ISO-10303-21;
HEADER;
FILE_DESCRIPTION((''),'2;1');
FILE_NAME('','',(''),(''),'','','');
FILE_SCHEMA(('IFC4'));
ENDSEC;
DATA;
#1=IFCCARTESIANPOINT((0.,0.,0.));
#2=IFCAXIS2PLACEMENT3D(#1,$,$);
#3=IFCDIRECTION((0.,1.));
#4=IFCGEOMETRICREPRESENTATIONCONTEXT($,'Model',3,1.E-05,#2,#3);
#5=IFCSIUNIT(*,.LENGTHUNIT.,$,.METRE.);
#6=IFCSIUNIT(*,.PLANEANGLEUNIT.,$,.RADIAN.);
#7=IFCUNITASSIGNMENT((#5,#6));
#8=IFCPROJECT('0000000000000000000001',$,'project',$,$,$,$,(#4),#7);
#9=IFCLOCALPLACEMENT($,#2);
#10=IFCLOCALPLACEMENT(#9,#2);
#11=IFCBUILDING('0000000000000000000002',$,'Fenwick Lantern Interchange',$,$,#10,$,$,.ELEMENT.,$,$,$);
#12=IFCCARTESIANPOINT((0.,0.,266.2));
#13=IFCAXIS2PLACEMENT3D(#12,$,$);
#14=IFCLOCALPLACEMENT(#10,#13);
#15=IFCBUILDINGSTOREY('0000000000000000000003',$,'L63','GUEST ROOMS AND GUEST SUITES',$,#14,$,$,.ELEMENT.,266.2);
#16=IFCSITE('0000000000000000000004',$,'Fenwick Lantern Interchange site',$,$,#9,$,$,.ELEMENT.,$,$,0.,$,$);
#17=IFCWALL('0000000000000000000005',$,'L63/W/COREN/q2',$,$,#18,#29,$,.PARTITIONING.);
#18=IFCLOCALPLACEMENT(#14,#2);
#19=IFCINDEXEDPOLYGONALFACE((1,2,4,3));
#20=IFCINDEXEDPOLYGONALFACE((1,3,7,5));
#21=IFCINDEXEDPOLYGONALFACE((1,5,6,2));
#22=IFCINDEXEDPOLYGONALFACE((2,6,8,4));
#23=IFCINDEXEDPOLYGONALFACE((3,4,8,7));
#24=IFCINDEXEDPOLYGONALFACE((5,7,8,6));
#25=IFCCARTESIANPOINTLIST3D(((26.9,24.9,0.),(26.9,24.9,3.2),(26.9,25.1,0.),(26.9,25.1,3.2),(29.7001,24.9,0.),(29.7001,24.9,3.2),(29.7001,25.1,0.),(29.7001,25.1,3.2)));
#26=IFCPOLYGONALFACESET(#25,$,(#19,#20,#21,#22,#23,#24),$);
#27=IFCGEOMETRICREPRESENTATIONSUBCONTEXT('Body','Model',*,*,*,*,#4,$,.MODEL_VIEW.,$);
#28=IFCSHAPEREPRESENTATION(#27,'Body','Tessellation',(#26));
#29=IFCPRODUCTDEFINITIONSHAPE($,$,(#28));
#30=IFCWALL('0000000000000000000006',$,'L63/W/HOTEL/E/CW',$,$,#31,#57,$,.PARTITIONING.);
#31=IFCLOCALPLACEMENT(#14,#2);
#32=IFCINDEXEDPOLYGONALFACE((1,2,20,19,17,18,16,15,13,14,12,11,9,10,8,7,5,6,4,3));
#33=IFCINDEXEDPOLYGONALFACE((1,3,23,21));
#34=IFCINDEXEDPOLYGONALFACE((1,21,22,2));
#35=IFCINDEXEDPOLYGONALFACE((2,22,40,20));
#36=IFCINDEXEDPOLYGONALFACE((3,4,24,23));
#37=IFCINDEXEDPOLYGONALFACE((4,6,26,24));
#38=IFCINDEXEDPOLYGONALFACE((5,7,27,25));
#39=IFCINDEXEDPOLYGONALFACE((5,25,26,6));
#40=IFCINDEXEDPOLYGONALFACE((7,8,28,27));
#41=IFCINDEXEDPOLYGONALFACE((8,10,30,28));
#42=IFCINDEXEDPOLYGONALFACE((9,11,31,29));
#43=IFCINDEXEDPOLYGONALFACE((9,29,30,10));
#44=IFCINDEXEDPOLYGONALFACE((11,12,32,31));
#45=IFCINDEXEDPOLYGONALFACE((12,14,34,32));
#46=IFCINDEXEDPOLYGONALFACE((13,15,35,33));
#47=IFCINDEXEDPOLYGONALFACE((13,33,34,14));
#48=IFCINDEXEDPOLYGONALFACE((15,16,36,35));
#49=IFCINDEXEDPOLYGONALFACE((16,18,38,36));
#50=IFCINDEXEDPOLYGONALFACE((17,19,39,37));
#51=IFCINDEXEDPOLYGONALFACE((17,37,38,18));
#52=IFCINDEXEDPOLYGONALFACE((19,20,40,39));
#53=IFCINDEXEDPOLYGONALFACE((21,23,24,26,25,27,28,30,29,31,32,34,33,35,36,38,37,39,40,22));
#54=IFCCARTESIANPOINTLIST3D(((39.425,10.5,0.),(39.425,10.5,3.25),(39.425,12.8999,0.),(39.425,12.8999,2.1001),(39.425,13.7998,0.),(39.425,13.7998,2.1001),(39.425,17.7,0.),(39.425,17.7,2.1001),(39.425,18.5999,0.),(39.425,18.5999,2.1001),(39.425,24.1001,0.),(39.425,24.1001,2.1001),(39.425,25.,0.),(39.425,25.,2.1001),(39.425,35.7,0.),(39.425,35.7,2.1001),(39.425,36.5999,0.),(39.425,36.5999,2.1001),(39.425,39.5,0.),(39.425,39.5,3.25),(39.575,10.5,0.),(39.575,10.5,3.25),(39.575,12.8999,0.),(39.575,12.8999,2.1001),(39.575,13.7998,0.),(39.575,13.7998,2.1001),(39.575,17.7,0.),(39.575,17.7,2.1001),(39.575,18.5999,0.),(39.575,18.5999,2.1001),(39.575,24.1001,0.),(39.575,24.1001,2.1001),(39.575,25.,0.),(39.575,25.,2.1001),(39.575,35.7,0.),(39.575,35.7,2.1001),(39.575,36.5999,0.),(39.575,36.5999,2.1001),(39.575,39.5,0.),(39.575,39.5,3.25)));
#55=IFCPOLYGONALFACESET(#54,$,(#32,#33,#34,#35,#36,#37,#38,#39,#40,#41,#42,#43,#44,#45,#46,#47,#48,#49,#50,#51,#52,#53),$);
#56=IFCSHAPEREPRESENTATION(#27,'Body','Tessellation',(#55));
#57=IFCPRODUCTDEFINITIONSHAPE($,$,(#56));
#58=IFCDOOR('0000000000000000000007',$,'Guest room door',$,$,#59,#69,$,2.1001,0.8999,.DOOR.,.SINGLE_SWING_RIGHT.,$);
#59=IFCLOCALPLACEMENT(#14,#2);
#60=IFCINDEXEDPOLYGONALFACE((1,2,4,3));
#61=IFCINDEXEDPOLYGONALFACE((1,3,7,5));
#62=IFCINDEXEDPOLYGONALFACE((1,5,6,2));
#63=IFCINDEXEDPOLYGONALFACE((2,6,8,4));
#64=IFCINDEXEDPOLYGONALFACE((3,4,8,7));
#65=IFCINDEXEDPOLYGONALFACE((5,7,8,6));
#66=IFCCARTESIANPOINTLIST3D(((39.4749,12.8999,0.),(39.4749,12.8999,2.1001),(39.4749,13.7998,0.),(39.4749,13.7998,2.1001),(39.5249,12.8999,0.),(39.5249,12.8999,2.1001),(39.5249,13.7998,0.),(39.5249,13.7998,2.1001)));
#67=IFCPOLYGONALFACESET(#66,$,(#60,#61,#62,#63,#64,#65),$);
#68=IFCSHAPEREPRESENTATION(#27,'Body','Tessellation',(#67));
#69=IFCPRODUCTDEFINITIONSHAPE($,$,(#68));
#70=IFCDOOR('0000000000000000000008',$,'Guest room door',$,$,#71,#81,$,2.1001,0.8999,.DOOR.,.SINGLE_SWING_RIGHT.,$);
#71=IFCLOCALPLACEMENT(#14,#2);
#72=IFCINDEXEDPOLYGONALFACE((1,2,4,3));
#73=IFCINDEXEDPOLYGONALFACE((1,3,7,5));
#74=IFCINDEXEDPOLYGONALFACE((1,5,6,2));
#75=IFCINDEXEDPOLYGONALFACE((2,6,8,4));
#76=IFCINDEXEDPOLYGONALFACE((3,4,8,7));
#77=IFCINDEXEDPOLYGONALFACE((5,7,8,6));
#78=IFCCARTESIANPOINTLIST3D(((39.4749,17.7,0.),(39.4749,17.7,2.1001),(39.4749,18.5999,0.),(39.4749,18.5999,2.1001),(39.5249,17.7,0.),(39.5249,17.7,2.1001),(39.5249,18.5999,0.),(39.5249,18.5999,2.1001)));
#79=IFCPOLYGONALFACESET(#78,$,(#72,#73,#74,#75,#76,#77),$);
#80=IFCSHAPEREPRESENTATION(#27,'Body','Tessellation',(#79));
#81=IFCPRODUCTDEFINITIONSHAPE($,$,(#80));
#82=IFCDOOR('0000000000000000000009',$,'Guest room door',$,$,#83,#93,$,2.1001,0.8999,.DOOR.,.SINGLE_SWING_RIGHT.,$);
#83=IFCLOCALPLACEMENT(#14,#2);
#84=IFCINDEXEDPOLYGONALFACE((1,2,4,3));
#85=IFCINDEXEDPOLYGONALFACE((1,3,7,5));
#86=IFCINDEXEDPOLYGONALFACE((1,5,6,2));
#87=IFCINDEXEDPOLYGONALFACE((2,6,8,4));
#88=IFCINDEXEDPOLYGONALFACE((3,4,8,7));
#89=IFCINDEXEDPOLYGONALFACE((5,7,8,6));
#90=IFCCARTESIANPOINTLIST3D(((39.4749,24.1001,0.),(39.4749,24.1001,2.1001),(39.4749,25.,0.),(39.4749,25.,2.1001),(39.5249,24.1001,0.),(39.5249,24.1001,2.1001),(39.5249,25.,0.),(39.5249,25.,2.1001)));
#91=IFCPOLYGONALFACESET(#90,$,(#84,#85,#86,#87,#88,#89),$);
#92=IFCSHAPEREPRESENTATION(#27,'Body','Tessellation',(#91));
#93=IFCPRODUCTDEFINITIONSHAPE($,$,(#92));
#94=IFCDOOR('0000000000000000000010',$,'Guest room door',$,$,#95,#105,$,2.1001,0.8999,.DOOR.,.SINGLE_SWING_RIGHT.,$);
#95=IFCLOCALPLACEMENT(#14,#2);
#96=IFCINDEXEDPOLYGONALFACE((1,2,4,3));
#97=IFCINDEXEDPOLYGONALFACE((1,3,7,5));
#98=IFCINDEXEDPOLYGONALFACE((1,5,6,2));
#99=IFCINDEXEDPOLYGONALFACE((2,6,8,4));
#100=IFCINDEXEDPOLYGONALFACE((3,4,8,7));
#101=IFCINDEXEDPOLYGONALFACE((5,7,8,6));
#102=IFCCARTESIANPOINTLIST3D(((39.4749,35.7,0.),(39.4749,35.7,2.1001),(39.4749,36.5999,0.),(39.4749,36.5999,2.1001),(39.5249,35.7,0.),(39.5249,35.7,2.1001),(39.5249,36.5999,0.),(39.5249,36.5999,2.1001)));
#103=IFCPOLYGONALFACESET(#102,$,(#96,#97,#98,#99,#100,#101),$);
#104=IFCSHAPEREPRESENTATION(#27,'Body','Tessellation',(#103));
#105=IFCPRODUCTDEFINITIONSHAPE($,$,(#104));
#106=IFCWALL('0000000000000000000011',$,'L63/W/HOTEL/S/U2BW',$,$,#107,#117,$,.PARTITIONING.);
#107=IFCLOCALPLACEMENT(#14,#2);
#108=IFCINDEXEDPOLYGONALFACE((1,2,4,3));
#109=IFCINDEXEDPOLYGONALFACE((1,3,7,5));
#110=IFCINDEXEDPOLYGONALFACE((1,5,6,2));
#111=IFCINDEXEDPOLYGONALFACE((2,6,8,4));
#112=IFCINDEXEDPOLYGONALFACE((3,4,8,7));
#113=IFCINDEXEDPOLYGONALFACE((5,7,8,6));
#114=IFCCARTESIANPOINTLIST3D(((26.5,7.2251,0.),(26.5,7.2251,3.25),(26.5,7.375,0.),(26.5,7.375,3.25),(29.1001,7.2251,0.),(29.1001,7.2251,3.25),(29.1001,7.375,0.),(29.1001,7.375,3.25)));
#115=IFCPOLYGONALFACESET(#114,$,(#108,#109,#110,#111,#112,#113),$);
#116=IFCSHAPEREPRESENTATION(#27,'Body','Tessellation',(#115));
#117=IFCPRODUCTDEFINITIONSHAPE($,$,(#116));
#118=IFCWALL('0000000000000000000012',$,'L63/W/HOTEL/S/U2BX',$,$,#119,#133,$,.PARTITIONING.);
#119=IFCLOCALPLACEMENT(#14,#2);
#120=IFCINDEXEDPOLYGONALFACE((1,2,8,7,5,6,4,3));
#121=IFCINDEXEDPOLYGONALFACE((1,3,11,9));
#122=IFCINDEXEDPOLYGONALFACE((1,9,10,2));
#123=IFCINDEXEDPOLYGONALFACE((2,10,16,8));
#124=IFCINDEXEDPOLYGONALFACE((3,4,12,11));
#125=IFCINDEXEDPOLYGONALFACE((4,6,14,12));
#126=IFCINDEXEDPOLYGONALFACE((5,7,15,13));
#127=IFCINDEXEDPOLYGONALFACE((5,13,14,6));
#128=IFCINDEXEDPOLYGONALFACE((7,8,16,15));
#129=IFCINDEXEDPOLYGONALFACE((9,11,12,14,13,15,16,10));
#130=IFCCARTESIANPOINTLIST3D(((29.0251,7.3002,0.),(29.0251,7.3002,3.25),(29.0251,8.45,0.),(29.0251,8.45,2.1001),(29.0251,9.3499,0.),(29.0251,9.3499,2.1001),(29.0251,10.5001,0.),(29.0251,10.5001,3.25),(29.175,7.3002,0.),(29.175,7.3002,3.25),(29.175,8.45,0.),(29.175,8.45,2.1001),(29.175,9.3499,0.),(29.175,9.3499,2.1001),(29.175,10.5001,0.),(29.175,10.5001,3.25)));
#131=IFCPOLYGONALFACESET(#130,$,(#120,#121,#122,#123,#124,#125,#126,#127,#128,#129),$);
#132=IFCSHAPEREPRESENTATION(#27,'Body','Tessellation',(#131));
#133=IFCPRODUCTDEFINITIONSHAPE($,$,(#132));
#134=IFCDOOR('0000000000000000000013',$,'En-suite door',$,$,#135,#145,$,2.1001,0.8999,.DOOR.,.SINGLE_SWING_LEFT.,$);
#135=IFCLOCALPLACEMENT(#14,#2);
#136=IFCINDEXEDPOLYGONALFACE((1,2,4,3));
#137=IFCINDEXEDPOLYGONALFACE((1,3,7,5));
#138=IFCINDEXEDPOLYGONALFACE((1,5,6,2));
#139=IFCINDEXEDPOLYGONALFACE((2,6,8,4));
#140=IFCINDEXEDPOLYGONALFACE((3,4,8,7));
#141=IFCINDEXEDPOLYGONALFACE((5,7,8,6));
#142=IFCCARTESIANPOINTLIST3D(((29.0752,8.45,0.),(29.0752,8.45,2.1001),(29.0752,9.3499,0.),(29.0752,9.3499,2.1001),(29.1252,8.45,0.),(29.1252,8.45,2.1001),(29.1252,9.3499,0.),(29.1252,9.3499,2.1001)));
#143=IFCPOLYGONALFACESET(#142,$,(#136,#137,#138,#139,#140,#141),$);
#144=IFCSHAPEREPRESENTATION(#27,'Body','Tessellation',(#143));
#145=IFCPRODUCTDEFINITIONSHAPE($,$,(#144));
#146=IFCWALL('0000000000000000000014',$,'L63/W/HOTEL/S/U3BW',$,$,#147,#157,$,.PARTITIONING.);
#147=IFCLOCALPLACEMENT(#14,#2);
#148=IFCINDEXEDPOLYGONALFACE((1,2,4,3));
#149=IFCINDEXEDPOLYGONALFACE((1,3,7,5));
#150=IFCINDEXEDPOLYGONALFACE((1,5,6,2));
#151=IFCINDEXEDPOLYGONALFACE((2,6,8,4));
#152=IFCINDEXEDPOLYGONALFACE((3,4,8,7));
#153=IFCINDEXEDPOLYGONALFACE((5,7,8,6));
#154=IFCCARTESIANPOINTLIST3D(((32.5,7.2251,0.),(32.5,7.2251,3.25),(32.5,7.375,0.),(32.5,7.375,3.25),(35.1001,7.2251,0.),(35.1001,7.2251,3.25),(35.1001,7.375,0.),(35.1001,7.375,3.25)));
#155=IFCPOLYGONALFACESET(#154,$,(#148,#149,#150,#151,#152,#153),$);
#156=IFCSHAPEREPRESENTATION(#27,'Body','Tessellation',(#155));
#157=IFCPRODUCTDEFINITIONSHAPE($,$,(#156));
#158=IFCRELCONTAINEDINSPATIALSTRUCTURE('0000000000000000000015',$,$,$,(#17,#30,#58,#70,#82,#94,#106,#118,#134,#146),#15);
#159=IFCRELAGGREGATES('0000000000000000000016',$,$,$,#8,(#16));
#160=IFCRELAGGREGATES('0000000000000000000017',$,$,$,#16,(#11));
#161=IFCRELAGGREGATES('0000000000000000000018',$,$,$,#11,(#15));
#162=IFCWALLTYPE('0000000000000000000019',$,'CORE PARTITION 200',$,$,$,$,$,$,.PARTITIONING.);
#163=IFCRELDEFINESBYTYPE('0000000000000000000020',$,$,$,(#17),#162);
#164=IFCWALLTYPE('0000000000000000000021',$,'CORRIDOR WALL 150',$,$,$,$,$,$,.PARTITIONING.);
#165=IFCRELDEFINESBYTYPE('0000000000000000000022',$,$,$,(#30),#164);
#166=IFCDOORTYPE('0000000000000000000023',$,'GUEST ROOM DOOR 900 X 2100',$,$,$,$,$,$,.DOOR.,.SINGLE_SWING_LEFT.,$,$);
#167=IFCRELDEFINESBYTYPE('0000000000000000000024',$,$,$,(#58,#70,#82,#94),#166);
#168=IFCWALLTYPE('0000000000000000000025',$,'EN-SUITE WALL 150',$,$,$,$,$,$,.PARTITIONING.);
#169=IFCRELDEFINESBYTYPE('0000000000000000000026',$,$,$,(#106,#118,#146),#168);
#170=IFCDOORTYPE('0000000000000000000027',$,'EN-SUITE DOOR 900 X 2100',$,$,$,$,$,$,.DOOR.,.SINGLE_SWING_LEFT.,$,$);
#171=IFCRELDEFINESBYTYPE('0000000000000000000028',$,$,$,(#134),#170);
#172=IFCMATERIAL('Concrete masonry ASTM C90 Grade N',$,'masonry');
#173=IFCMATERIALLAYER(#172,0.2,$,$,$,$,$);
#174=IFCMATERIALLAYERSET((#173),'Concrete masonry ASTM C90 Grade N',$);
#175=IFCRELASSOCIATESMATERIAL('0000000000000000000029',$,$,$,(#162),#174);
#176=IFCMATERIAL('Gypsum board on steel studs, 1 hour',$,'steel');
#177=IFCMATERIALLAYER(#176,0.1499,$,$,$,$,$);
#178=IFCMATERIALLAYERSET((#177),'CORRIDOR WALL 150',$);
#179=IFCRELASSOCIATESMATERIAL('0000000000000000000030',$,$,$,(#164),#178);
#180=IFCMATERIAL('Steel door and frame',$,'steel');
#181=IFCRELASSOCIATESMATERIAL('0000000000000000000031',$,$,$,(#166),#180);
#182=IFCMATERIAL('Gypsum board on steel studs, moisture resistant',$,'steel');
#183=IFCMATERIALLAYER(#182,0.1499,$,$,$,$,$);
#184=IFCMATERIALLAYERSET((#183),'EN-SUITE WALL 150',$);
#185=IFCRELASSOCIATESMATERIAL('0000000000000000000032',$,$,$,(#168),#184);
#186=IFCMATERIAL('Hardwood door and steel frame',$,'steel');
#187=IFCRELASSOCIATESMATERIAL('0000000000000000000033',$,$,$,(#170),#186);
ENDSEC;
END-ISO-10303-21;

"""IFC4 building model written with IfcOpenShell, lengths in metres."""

from ifc_helpers import new_model, si_unit, direction, frame, frame_2d, origin, place, context, subcontext, project, spatial, rectangle, extrude, material, layer, layer_set, type_object, element, fill, save


model = new_model("IFC4")

# Units and contexts
model_context = context("Model", 3, precision=1e-05, world=origin(), true_north=direction((0.0, 1.0)))
body_context = subcontext(model_context, "Body", "Model", "MODEL_VIEW")
ifc_project = project(units=[si_unit("LENGTHUNIT", "METRE"), si_unit("PLANEANGLEUNIT", "RADIAN")], contexts=[model_context])

# Site, building, storey
site_placement = place(None, origin())
site = spatial("IfcSite", under=ifc_project, at=site_placement, Name="Fenwick Lantern Interchange site", CompositionType="ELEMENT", RefElevation=0.0)
building_placement = place(site_placement, origin())
building = spatial("IfcBuilding", under=site, at=building_placement, Name="Fenwick Lantern Interchange", CompositionType="ELEMENT")
storey_placement = place(building_placement, frame((0.0, 0.0, 266.2)))
storey = spatial("IfcBuildingStorey", under=building, at=storey_placement, Name="L63", Description="GUEST ROOMS AND GUEST SUITES", CompositionType="ELEMENT", Elevation=266.2)

# Wall
ifc_material_1 = material(Name="Concrete masonry ASTM C90 Grade N", Category="masonry")
ifc_layer_1 = layer(ifc_material_1, 0.2)
ifc_layer_set_1 = layer_set([ifc_layer_1], Name="Concrete masonry ASTM C90 Grade N")
wall_type_1 = type_object("IfcWallType", Name="CORE PARTITION 200", PredefinedType="PARTITIONING", material=ifc_layer_set_1)
for number, where, z_axis, x_axis, name in (
    (1, (29.7, 25.0, 0.0), (0.0, 0.0, 1.0), (-1.0, 0.0, 0.0), "L63/W/COREN/q2"),
):
    element("IfcWall", number, at=place(storey_placement, frame(where, z_axis=z_axis, x_axis=x_axis)), inside=storey, type_object=wall_type_1, Name=name, PredefinedType="PARTITIONING", context=body_context, shape_type="SweptSolid", body=[
        extrude(rectangle(XDim=2.8, YDim=0.2, at=frame_2d((1.3999, 0.0))), origin(), (0.0, 0.0, 1.0), 3.2),
    ])

# Wall, openings, doors
ifc_material_2 = material(Name="Steel door and frame", Category="steel")
ifc_material_3 = material(Name="Hardwood door and steel frame", Category="steel")
ifc_material_4 = material(Name="Gypsum board on steel studs, 1 hour", Category="steel")
ifc_layer_2 = layer(ifc_material_4, 0.1499)
ifc_layer_set_2 = layer_set([ifc_layer_2], Name="CORRIDOR WALL 150")
wall_type_2 = type_object("IfcWallType", Name="CORRIDOR WALL 150", PredefinedType="PARTITIONING", material=ifc_layer_set_2)
wall_1_placement = place(storey_placement, frame((39.5, 10.5, 0.0), z_axis=(0.0, 0.0, 1.0), x_axis=(0.0, 1.0, 0.0)))
wall_1 = element("IfcWall", 2, at=wall_1_placement, inside=storey, type_object=wall_type_2, Name="L63/W/HOTEL/E/CW", PredefinedType="PARTITIONING", context=body_context, shape_type="SweptSolid", body=[
    extrude(rectangle(XDim=29.0, YDim=0.1499, at=frame_2d((14.5, 0.0))), origin(), (0.0, 0.0, 1.0), 3.25),
])
opening_1_placement = place(wall_1_placement, frame((2.3999, 0.0, 0.0)))
opening_1 = element("IfcOpeningElement", 3, at=opening_1_placement, cuts=wall_1, PredefinedType="OPENING", context=body_context, shape_type="SweptSolid", body=[
    extrude(rectangle(XDim=0.8999, YDim=2.1001, at=frame_2d((0.45, 1.05))), frame((0.0, 0.085, 0.0), z_axis=(0.0, -1.0, 0.0), x_axis=(1.0, 0.0, 0.0)), (0.0, 0.0, 1.0), 0.1699),
])
opening_2_placement = place(wall_1_placement, frame((7.2, 0.0, 0.0)))
opening_2 = element("IfcOpeningElement", 4, at=opening_2_placement, cuts=wall_1, PredefinedType="OPENING", context=body_context, shape_type="SweptSolid", body=[
    extrude(rectangle(XDim=0.8999, YDim=2.1001, at=frame_2d((0.45, 1.05))), frame((0.0, 0.085, 0.0), z_axis=(0.0, -1.0, 0.0), x_axis=(1.0, 0.0, 0.0)), (0.0, 0.0, 1.0), 0.1699),
])
opening_3_placement = place(wall_1_placement, frame((13.6001, 0.0, 0.0)))
opening_3 = element("IfcOpeningElement", 5, at=opening_3_placement, cuts=wall_1, PredefinedType="OPENING", context=body_context, shape_type="SweptSolid", body=[
    extrude(rectangle(XDim=0.8999, YDim=2.1001, at=frame_2d((0.45, 1.05))), frame((0.0, 0.085, 0.0), z_axis=(0.0, -1.0, 0.0), x_axis=(1.0, 0.0, 0.0)), (0.0, 0.0, 1.0), 0.1699),
])
opening_4_placement = place(wall_1_placement, frame((25.2, 0.0, 0.0)))
opening_4 = element("IfcOpeningElement", 6, at=opening_4_placement, cuts=wall_1, PredefinedType="OPENING", context=body_context, shape_type="SweptSolid", body=[
    extrude(rectangle(XDim=0.8999, YDim=2.1001, at=frame_2d((0.45, 1.05))), frame((0.0, 0.085, 0.0), z_axis=(0.0, -1.0, 0.0), x_axis=(1.0, 0.0, 0.0)), (0.0, 0.0, 1.0), 0.1699),
])
door_type_1 = type_object("IfcDoorType", Name="GUEST ROOM DOOR 900 X 2100", OperationType="SINGLE_SWING_LEFT", PredefinedType="DOOR", material=ifc_material_2)
door_1_placement = place(opening_1_placement, frame((0.8999, 0.0, 0.0), z_axis=(0.0, 0.0, 1.0), x_axis=(-1.0, 0.0, 0.0)))
door_1 = element("IfcDoor", 7, at=door_1_placement, inside=storey, type_object=door_type_1, Name="Guest room door", OperationType="SINGLE_SWING_RIGHT", OverallHeight=2.1001, OverallWidth=0.8999, PredefinedType="DOOR", context=body_context, shape_type="SweptSolid", body=[
    extrude(rectangle(XDim=0.8999, YDim=2.1001, at=frame_2d((0.45, 1.05))), frame((0.0, 0.0249, 0.0), z_axis=(0.0, -1.0, 0.0), x_axis=(1.0, 0.0, 0.0)), (0.0, 0.0, 1.0), 0.05),
])
fill(opening_1, door_1)
door_2_placement = place(opening_2_placement, frame((0.8999, 0.0, 0.0), z_axis=(0.0, 0.0, 1.0), x_axis=(-1.0, 0.0, 0.0)))
door_2 = element("IfcDoor", 8, at=door_2_placement, inside=storey, type_object=door_type_1, Name="Guest room door", OperationType="SINGLE_SWING_RIGHT", OverallHeight=2.1001, OverallWidth=0.8999, PredefinedType="DOOR", context=body_context, shape_type="SweptSolid", body=[
    extrude(rectangle(XDim=0.8999, YDim=2.1001, at=frame_2d((0.45, 1.05))), frame((0.0, 0.0249, 0.0), z_axis=(0.0, -1.0, 0.0), x_axis=(1.0, 0.0, 0.0)), (0.0, 0.0, 1.0), 0.05),
])
fill(opening_2, door_2)
door_3_placement = place(opening_3_placement, frame((0.8999, 0.0, 0.0), z_axis=(0.0, 0.0, 1.0), x_axis=(-1.0, 0.0, 0.0)))
door_3 = element("IfcDoor", 9, at=door_3_placement, inside=storey, type_object=door_type_1, Name="Guest room door", OperationType="SINGLE_SWING_RIGHT", OverallHeight=2.1001, OverallWidth=0.8999, PredefinedType="DOOR", context=body_context, shape_type="SweptSolid", body=[
    extrude(rectangle(XDim=0.8999, YDim=2.1001, at=frame_2d((0.45, 1.05))), frame((0.0, 0.0249, 0.0), z_axis=(0.0, -1.0, 0.0), x_axis=(1.0, 0.0, 0.0)), (0.0, 0.0, 1.0), 0.05),
])
fill(opening_3, door_3)
door_4_placement = place(opening_4_placement, frame((0.8999, 0.0, 0.0), z_axis=(0.0, 0.0, 1.0), x_axis=(-1.0, 0.0, 0.0)))
door_4 = element("IfcDoor", 10, at=door_4_placement, inside=storey, type_object=door_type_1, Name="Guest room door", OperationType="SINGLE_SWING_RIGHT", OverallHeight=2.1001, OverallWidth=0.8999, PredefinedType="DOOR", context=body_context, shape_type="SweptSolid", body=[
    extrude(rectangle(XDim=0.8999, YDim=2.1001, at=frame_2d((0.45, 1.05))), frame((0.0, 0.0249, 0.0), z_axis=(0.0, -1.0, 0.0), x_axis=(1.0, 0.0, 0.0)), (0.0, 0.0, 1.0), 0.05),
])
fill(opening_4, door_4)

# Wall
ifc_material_5 = material(Name="Gypsum board on steel studs, moisture resistant", Category="steel")
ifc_layer_3 = layer(ifc_material_5, 0.1499)
ifc_layer_set_3 = layer_set([ifc_layer_3], Name="EN-SUITE WALL 150")
wall_type_3 = type_object("IfcWallType", Name="EN-SUITE WALL 150", PredefinedType="PARTITIONING", material=ifc_layer_set_3)
wall_2_placement = place(storey_placement, frame((26.5, 7.3, 0.0), z_axis=(0.0, 0.0, 1.0), x_axis=(1.0, 0.0, 0.0)))
element("IfcWall", 11, at=wall_2_placement, inside=storey, type_object=wall_type_3, Name="L63/W/HOTEL/S/U2BW", PredefinedType="PARTITIONING", context=body_context, shape_type="SweptSolid", body=[
    extrude(rectangle(XDim=2.6001, YDim=0.1499, at=frame_2d((1.3, 0.0))), origin(), (0.0, 0.0, 1.0), 3.25),
])

# Wall, opening, door
wall_3_placement = place(storey_placement, frame((29.1001, 7.3, 0.0), z_axis=(0.0, 0.0, 1.0), x_axis=(0.0, 1.0, 0.0)))
wall_3 = element("IfcWall", 12, at=wall_3_placement, inside=storey, type_object=wall_type_3, Name="L63/W/HOTEL/S/U2BX", PredefinedType="PARTITIONING", context=body_context, shape_type="SweptSolid", body=[
    extrude(rectangle(XDim=3.2, YDim=0.1499, at=frame_2d((1.6001, 0.0))), origin(), (0.0, 0.0, 1.0), 3.25),
])
opening_5_placement = place(wall_3_placement, frame((1.1499, 0.0, 0.0)))
opening_5 = element("IfcOpeningElement", 13, at=opening_5_placement, cuts=wall_3, PredefinedType="OPENING", context=body_context, shape_type="SweptSolid", body=[
    extrude(rectangle(XDim=0.8999, YDim=2.1001, at=frame_2d((0.45, 1.05))), frame((0.0, 0.085, 0.0), z_axis=(0.0, -1.0, 0.0), x_axis=(1.0, 0.0, 0.0)), (0.0, 0.0, 1.0), 0.1699),
])
door_type_2 = type_object("IfcDoorType", Name="EN-SUITE DOOR 900 X 2100", OperationType="SINGLE_SWING_LEFT", PredefinedType="DOOR", material=ifc_material_3)
door_5_placement = place(opening_5_placement, origin())
door_5 = element("IfcDoor", 14, at=door_5_placement, inside=storey, type_object=door_type_2, Name="En-suite door", OperationType="SINGLE_SWING_LEFT", OverallHeight=2.1001, OverallWidth=0.8999, PredefinedType="DOOR", context=body_context, shape_type="SweptSolid", body=[
    extrude(rectangle(XDim=0.8999, YDim=2.1001, at=frame_2d((0.45, 1.05))), frame((0.0, 0.0249, 0.0), z_axis=(0.0, -1.0, 0.0), x_axis=(1.0, 0.0, 0.0)), (0.0, 0.0, 1.0), 0.05),
])
fill(opening_5, door_5)

# Wall
wall_4_placement = place(storey_placement, frame((32.5, 7.3, 0.0), z_axis=(0.0, 0.0, 1.0), x_axis=(1.0, 0.0, 0.0)))
element("IfcWall", 15, at=wall_4_placement, inside=storey, type_object=wall_type_3, Name="L63/W/HOTEL/S/U3BW", PredefinedType="PARTITIONING", context=body_context, shape_type="SweptSolid", body=[
    extrude(rectangle(XDim=2.6001, YDim=0.1499, at=frame_2d((1.3, 0.0))), origin(), (0.0, 0.0, 1.0), 3.25),
])

save(model, "model.ifc")
